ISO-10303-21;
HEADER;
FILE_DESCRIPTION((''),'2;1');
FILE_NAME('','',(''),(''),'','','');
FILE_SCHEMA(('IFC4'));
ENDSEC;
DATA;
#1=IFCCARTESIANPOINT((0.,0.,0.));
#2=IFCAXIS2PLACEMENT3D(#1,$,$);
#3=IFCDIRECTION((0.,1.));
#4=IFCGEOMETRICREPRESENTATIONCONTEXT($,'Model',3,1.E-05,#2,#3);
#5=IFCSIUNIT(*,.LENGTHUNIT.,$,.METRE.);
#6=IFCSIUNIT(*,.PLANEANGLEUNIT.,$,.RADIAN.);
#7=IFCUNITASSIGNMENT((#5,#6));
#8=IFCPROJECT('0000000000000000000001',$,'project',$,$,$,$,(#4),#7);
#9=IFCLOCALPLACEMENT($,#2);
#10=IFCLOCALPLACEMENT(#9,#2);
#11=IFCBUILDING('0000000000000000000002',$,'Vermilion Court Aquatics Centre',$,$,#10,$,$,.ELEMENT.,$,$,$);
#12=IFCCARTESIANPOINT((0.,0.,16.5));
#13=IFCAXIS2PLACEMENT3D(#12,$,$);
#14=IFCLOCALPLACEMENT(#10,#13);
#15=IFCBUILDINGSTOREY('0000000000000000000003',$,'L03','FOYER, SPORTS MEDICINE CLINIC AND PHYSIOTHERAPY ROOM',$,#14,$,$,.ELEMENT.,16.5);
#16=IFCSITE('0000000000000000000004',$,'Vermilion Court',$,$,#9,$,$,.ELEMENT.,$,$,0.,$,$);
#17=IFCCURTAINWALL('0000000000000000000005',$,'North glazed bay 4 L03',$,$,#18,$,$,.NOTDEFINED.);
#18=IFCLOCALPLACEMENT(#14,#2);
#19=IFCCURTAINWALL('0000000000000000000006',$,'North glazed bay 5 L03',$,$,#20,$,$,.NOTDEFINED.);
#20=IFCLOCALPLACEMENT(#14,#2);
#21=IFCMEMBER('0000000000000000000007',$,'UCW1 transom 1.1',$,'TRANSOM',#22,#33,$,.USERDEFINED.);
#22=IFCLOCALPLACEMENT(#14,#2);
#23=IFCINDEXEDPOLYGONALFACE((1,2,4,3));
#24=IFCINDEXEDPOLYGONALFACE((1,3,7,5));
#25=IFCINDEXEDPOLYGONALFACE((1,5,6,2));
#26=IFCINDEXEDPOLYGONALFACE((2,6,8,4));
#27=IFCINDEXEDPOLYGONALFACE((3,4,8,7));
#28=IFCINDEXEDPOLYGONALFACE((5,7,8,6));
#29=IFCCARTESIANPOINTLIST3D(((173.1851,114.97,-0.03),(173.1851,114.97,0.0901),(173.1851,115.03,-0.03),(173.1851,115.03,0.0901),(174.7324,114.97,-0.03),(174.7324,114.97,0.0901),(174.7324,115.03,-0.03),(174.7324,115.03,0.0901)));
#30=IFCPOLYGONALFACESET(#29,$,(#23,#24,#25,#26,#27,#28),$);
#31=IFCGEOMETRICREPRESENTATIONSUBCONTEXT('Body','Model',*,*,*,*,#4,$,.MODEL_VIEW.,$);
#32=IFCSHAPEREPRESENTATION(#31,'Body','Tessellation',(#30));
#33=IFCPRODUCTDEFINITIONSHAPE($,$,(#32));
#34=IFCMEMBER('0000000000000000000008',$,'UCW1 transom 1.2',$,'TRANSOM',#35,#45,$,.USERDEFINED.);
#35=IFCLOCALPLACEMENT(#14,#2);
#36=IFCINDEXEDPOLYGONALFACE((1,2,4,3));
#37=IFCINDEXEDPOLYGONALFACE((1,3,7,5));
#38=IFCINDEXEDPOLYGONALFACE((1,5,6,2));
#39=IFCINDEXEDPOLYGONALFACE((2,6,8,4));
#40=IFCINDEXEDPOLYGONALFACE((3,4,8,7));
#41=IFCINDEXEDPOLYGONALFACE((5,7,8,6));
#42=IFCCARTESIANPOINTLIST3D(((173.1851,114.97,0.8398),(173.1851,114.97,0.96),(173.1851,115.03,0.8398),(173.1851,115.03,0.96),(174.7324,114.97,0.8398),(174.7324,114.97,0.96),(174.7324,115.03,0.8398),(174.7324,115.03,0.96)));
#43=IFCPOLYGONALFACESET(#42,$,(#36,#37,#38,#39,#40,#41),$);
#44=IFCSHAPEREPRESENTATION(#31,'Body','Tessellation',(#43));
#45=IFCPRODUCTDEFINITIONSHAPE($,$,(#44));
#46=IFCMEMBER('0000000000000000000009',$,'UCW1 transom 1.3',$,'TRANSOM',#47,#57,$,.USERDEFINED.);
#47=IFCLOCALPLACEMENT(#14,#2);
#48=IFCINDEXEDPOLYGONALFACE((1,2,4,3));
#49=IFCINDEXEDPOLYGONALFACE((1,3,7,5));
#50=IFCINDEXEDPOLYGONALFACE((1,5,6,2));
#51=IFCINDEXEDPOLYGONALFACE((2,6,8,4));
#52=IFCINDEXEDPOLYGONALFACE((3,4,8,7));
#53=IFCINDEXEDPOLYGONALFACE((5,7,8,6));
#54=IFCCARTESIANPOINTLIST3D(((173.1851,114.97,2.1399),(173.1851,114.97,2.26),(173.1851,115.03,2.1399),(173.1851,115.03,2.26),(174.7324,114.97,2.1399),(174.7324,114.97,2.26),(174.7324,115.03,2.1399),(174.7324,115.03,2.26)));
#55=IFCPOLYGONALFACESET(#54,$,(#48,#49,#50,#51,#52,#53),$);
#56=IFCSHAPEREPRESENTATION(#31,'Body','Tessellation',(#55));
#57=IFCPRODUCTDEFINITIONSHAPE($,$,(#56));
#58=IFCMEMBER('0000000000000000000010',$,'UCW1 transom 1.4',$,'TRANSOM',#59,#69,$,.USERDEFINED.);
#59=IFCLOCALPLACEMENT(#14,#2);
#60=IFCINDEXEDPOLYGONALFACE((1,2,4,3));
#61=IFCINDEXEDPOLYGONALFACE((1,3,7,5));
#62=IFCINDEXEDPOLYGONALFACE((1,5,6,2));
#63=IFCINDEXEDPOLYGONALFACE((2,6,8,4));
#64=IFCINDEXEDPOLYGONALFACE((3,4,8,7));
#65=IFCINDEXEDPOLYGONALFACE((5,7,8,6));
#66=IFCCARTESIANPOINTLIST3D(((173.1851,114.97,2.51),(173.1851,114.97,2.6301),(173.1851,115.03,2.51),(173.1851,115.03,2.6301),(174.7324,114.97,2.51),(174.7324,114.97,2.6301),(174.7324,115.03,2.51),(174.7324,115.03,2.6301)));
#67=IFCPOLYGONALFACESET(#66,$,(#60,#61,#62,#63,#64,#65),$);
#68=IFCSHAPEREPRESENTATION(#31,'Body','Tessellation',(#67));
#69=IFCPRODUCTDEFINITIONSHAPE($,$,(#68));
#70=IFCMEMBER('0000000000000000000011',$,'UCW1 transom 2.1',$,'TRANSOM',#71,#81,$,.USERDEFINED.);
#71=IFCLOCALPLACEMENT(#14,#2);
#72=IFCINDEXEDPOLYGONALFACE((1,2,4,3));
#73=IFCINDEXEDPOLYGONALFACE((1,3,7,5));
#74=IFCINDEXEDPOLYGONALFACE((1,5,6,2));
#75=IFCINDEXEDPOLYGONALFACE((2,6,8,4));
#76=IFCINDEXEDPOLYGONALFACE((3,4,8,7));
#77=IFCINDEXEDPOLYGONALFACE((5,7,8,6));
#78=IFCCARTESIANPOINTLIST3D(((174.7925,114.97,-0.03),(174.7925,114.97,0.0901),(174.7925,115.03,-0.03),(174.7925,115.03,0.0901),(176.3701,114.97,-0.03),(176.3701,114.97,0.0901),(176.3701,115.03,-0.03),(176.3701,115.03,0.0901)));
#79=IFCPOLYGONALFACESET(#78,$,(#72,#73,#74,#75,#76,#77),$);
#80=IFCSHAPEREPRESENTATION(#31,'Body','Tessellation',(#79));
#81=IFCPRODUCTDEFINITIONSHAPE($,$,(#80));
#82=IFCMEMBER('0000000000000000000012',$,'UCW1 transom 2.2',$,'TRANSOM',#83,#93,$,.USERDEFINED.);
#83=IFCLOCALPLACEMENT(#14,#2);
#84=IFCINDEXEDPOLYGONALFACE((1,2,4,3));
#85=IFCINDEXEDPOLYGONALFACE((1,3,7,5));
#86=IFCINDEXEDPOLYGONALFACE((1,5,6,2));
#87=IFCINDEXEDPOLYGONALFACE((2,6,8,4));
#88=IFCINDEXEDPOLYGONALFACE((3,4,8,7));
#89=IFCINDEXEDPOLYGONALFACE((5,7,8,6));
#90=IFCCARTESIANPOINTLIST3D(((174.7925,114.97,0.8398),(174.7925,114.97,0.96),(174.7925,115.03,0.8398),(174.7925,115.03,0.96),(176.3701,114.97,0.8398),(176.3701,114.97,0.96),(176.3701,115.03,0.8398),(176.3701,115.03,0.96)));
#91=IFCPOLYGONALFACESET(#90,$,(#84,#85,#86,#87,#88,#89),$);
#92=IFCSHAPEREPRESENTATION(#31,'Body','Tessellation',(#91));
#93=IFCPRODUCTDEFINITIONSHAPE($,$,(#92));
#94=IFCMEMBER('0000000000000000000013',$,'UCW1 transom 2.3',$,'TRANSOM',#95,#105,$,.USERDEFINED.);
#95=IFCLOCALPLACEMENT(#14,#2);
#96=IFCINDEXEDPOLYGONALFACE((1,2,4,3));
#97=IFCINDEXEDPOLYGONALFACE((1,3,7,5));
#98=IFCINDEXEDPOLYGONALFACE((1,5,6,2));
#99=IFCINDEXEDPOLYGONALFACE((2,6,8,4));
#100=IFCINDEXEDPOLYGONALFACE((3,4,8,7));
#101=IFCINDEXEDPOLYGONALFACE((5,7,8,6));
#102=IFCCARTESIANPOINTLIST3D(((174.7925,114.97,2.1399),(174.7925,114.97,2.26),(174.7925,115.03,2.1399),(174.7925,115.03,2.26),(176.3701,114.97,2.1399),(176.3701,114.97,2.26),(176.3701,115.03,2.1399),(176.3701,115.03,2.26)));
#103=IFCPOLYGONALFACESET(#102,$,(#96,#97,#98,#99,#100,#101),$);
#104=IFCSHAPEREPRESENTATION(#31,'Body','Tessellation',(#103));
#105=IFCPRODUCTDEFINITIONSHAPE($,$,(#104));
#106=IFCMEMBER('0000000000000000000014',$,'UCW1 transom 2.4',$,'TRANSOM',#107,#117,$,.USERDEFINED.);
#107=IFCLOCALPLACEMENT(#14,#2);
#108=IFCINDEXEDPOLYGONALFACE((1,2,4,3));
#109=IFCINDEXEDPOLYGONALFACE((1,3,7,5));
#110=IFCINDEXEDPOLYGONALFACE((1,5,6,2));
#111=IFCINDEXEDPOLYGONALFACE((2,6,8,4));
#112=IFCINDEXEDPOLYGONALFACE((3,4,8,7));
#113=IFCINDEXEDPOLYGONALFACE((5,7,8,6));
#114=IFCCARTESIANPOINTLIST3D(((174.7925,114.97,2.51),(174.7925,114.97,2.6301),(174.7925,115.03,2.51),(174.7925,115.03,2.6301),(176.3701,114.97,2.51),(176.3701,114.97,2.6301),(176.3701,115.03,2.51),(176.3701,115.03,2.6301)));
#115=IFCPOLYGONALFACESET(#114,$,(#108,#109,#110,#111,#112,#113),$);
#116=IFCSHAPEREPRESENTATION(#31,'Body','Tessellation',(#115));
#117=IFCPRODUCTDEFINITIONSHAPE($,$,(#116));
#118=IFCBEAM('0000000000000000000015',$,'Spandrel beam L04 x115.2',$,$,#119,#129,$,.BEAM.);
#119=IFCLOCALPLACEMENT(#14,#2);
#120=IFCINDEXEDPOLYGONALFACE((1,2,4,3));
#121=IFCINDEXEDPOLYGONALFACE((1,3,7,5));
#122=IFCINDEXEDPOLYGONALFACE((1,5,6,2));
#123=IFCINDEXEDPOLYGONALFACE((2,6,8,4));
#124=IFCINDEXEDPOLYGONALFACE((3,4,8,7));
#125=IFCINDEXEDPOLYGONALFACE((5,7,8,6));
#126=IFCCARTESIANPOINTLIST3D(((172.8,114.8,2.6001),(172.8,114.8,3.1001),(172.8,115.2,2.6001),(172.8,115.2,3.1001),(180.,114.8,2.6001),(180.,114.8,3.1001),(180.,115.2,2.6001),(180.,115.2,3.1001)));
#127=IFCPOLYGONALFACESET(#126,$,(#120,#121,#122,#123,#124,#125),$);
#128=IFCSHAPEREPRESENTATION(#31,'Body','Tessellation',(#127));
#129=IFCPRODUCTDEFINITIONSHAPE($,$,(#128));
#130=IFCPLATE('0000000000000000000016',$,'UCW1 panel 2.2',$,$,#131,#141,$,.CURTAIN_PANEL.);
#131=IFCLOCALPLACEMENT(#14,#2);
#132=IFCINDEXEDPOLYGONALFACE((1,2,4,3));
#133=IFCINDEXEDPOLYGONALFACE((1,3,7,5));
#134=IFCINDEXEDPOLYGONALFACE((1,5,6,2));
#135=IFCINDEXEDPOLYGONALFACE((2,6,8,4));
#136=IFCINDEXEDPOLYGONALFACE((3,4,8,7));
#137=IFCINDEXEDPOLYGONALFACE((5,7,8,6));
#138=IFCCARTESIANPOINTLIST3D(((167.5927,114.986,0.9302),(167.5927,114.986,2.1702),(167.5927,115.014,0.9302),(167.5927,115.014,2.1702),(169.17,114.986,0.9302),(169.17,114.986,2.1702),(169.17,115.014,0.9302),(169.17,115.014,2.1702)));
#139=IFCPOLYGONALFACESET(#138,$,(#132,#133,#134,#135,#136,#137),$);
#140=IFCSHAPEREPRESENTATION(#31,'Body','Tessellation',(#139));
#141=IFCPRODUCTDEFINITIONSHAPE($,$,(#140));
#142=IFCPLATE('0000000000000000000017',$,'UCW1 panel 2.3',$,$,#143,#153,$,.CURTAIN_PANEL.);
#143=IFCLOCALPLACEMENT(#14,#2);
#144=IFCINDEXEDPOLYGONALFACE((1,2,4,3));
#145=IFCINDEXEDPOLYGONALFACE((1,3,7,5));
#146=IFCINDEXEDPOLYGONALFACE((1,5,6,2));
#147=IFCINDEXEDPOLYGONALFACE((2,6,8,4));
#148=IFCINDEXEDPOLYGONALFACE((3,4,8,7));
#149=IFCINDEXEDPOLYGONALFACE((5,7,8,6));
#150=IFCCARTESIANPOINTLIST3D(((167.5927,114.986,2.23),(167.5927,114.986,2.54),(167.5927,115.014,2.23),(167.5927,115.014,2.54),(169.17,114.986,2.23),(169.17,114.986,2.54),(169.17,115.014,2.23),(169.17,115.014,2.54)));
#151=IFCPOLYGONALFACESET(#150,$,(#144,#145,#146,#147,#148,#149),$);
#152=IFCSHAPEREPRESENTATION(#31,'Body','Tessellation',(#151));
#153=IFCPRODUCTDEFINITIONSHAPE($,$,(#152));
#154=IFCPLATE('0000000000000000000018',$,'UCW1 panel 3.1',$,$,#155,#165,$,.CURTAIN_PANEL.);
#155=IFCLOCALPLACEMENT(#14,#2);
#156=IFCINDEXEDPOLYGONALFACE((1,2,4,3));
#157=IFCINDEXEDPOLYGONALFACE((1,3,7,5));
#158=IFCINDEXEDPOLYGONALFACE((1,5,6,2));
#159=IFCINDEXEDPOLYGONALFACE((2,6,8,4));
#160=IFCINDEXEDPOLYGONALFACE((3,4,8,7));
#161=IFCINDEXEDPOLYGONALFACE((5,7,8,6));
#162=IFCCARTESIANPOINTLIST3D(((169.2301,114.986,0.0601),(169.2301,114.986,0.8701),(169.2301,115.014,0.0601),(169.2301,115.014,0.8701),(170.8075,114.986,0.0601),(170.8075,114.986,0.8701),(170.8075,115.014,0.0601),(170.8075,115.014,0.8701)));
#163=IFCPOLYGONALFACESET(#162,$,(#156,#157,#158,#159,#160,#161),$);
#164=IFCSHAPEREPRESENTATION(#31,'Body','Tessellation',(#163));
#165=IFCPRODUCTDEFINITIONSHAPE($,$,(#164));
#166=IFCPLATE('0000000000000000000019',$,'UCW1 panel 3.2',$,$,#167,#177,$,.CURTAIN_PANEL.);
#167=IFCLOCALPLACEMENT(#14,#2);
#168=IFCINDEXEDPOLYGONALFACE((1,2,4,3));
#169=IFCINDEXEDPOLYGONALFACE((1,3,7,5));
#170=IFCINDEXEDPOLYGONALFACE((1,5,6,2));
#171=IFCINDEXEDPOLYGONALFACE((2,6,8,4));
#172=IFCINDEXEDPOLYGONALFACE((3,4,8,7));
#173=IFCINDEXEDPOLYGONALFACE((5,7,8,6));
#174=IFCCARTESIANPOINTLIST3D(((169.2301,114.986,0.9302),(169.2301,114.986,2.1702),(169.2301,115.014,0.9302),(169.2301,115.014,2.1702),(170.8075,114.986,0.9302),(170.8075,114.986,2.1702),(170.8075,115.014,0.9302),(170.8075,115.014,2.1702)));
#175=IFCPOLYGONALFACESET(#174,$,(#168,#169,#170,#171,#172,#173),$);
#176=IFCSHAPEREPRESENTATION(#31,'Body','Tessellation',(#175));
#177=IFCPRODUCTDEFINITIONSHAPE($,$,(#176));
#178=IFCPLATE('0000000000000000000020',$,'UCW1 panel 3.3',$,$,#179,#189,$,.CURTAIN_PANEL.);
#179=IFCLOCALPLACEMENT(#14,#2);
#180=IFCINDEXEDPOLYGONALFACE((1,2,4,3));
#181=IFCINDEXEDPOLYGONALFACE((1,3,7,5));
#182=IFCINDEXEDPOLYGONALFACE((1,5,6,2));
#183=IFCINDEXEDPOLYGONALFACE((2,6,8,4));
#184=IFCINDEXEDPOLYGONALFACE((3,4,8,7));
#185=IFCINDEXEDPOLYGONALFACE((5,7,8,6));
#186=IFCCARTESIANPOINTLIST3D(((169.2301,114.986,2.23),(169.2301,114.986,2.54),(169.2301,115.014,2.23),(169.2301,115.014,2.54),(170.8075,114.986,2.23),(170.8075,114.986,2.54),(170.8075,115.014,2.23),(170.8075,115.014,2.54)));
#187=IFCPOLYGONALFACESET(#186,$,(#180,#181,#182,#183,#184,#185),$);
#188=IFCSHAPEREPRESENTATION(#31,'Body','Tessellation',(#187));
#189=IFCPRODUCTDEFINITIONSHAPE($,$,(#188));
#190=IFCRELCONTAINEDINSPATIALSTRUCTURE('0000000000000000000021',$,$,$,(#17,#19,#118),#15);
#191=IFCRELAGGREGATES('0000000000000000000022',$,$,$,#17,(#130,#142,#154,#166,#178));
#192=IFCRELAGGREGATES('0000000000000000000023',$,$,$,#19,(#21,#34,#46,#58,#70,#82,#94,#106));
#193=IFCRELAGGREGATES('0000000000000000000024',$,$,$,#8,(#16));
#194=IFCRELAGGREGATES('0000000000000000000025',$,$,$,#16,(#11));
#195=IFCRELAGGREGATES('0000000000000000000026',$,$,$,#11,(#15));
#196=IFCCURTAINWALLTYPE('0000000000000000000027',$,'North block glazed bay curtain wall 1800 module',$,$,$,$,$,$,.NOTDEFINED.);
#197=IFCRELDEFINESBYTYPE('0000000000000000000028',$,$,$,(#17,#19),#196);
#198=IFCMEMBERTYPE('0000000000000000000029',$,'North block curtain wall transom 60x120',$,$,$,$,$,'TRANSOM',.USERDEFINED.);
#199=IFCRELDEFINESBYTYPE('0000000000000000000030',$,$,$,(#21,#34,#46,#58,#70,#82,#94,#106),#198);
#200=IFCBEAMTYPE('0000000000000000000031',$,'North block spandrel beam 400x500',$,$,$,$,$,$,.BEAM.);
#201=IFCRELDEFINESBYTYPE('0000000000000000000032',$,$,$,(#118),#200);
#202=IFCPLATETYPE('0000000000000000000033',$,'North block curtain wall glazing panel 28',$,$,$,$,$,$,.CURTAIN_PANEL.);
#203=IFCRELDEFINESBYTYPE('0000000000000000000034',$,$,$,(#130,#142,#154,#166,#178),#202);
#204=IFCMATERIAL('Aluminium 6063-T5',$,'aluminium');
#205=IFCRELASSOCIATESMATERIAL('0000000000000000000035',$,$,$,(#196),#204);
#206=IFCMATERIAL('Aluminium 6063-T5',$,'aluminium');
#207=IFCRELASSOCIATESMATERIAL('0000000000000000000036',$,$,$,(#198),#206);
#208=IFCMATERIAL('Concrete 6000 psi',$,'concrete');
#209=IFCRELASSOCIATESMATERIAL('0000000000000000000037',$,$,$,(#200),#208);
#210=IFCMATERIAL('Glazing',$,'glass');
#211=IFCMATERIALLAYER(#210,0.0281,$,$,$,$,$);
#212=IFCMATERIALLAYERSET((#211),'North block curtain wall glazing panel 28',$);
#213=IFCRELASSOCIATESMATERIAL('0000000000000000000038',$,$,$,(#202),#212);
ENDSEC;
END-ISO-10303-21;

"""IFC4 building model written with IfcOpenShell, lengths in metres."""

from ifc_helpers import new_model, si_unit, direction, frame, origin, origin_2d, place, context, subcontext, project, spatial, rectangle, extrude, material, layer, layer_set, material_profile, profile_set, type_object, element, aggregate, save


model = new_model("IFC4")

# Units and contexts
model_context = context("Model", 3, precision=1e-05, world=origin(), true_north=direction((0.0, 1.0)))
body_context = subcontext(model_context, "Body", "Model", "MODEL_VIEW")
ifc_project = project(units=[si_unit("LENGTHUNIT", "METRE"), si_unit("PLANEANGLEUNIT", "RADIAN")], contexts=[model_context])

# Site, building, storey
site_placement = place(None, origin())
site = spatial("IfcSite", under=ifc_project, at=site_placement, Name="Vermilion Court", CompositionType="ELEMENT", RefElevation=0.0)
building_placement = place(site_placement, origin())
building = spatial("IfcBuilding", under=site, at=building_placement, Name="Vermilion Court Aquatics Centre", CompositionType="ELEMENT")
storey_placement = place(building_placement, frame((0.0, 0.0, 16.5)))
storey = spatial("IfcBuildingStorey", under=building, at=storey_placement, Name="L03", Description="FOYER, SPORTS MEDICINE CLINIC AND PHYSIOTHERAPY ROOM", CompositionType="ELEMENT", Elevation=16.5)

# Curtain walls
ifc_material_1 = material(Name="Aluminium 6063-T5", Category="aluminium")
curtain_wall_type = type_object("IfcCurtainWallType", Name="North block glazed bay curtain wall 1800 module", PredefinedType="NOTDEFINED", material=ifc_material_1)
curtain_wall_1_placement = place(storey_placement, origin())
curtain_wall_1 = element("IfcCurtainWall", 1, at=curtain_wall_1_placement, inside=storey, type_object=curtain_wall_type, Name="North glazed bay 4 L03", PredefinedType="NOTDEFINED")
curtain_wall_2_placement = place(storey_placement, origin())
curtain_wall_2 = element("IfcCurtainWall", 2, at=curtain_wall_2_placement, inside=storey, type_object=curtain_wall_type, Name="North glazed bay 5 L03", PredefinedType="NOTDEFINED")

# Members
ifc_material_2 = material(Name="Aluminium 6063-T5", Category="aluminium")
ifc_material_profile_1 = material_profile(ifc_material_2, rectangle(XDim=0.0601, YDim=0.1201, at=origin_2d()), Name="AL 60x120")
ifc_profile_set_1 = profile_set([ifc_material_profile_1], Name="Aluminium 6063-T5")
member_type_1 = type_object("IfcMemberType", Name="North block curtain wall transom 60x120", ElementType="TRANSOM", PredefinedType="USERDEFINED", material=ifc_profile_set_1)
member_1_placement = place(storey_placement, frame((173.1851, 115.0, 0.03), z_axis=(1.0, 0.0, 0.0), x_axis=(0.0, 1.0, 0.0)))
member_1 = element("IfcMember", 3, at=member_1_placement, type_object=member_type_1, Name="UCW1 transom 1.1", ObjectType="TRANSOM", PredefinedType="USERDEFINED", context=body_context, shape_type="SweptSolid", body=[
    extrude(rectangle(XDim=0.0601, YDim=0.1201, at=origin_2d()), origin(), (0.0, 0.0, 1.0), 1.5474),
])
member_2_placement = place(storey_placement, frame((173.1851, 115.0, 0.8999), z_axis=(1.0, 0.0, 0.0), x_axis=(0.0, 1.0, 0.0)))
member_2 = element("IfcMember", 4, at=member_2_placement, type_object=member_type_1, Name="UCW1 transom 1.2", ObjectType="TRANSOM", PredefinedType="USERDEFINED", context=body_context, shape_type="SweptSolid", body=[
    extrude(rectangle(XDim=0.0601, YDim=0.1201, at=origin_2d()), origin(), (0.0, 0.0, 1.0), 1.5474),
])
member_3_placement = place(storey_placement, frame((173.1851, 115.0, 2.2), z_axis=(1.0, 0.0, 0.0), x_axis=(0.0, 1.0, 0.0)))
member_3 = element("IfcMember", 5, at=member_3_placement, type_object=member_type_1, Name="UCW1 transom 1.3", ObjectType="TRANSOM", PredefinedType="USERDEFINED", context=body_context, shape_type="SweptSolid", body=[
    extrude(rectangle(XDim=0.0601, YDim=0.1201, at=origin_2d()), origin(), (0.0, 0.0, 1.0), 1.5474),
])
member_4_placement = place(storey_placement, frame((173.1851, 115.0, 2.5701), z_axis=(1.0, 0.0, 0.0), x_axis=(0.0, 1.0, 0.0)))
member_4 = element("IfcMember", 6, at=member_4_placement, type_object=member_type_1, Name="UCW1 transom 1.4", ObjectType="TRANSOM", PredefinedType="USERDEFINED", context=body_context, shape_type="SweptSolid", body=[
    extrude(rectangle(XDim=0.0601, YDim=0.1201, at=origin_2d()), origin(), (0.0, 0.0, 1.0), 1.5474),
])
member_5_placement = place(storey_placement, frame((174.7925, 115.0, 0.03), z_axis=(1.0, 0.0, 0.0), x_axis=(0.0, 1.0, 0.0)))
member_5 = element("IfcMember", 7, at=member_5_placement, type_object=member_type_1, Name="UCW1 transom 2.1", ObjectType="TRANSOM", PredefinedType="USERDEFINED", context=body_context, shape_type="SweptSolid", body=[
    extrude(rectangle(XDim=0.0601, YDim=0.1201, at=origin_2d()), origin(), (0.0, 0.0, 1.0), 1.5776),
])
member_6_placement = place(storey_placement, frame((174.7925, 115.0, 0.8999), z_axis=(1.0, 0.0, 0.0), x_axis=(0.0, 1.0, 0.0)))
member_6 = element("IfcMember", 8, at=member_6_placement, type_object=member_type_1, Name="UCW1 transom 2.2", ObjectType="TRANSOM", PredefinedType="USERDEFINED", context=body_context, shape_type="SweptSolid", body=[
    extrude(rectangle(XDim=0.0601, YDim=0.1201, at=origin_2d()), origin(), (0.0, 0.0, 1.0), 1.5776),
])
member_7_placement = place(storey_placement, frame((174.7925, 115.0, 2.2), z_axis=(1.0, 0.0, 0.0), x_axis=(0.0, 1.0, 0.0)))
member_7 = element("IfcMember", 9, at=member_7_placement, type_object=member_type_1, Name="UCW1 transom 2.3", ObjectType="TRANSOM", PredefinedType="USERDEFINED", context=body_context, shape_type="SweptSolid", body=[
    extrude(rectangle(XDim=0.0601, YDim=0.1201, at=origin_2d()), origin(), (0.0, 0.0, 1.0), 1.5776),
])
member_8_placement = place(storey_placement, frame((174.7925, 115.0, 2.5701), z_axis=(1.0, 0.0, 0.0), x_axis=(0.0, 1.0, 0.0)))
member_8 = element("IfcMember", 10, at=member_8_placement, type_object=member_type_1, Name="UCW1 transom 2.4", ObjectType="TRANSOM", PredefinedType="USERDEFINED", context=body_context, shape_type="SweptSolid", body=[
    extrude(rectangle(XDim=0.0601, YDim=0.1201, at=origin_2d()), origin(), (0.0, 0.0, 1.0), 1.5776),
])

# Beam
ifc_material_3 = material(Name="Concrete 6000 psi", Category="concrete")
ifc_material_profile_2 = material_profile(ifc_material_3, rectangle(XDim=0.3999, YDim=0.5, at=origin_2d()), Name="RC 400x500")
ifc_profile_set_2 = profile_set([ifc_material_profile_2], Name="Concrete 6000 psi")
beam_type = type_object("IfcBeamType", Name="North block spandrel beam 400x500", PredefinedType="BEAM", material=ifc_profile_set_2)
beam_placement = place(storey_placement, frame((172.8, 115.0, 2.8501), z_axis=(1.0, 0.0, 0.0), x_axis=(0.0, 1.0, 0.0)))
element("IfcBeam", 11, at=beam_placement, inside=storey, type_object=beam_type, Name="Spandrel beam L04 x115.2", PredefinedType="BEAM", context=body_context, shape_type="SweptSolid", body=[
    extrude(rectangle(XDim=0.3999, YDim=0.5, at=origin_2d()), origin(), (0.0, 0.0, 1.0), 7.2),
])

# Plates
ifc_material_4 = material(Name="Glazing", Category="glass")
ifc_layer = layer(ifc_material_4, 0.0281)
ifc_layer_set = layer_set([ifc_layer], Name="North block curtain wall glazing panel 28")
plate_type = type_object("IfcPlateType", Name="North block curtain wall glazing panel 28", PredefinedType="CURTAIN_PANEL", material=ifc_layer_set)
plate_1_placement = place(storey_placement, frame((168.3813, 115.0, 0.9302), z_axis=(0.0, 0.0, 1.0), x_axis=(1.0, 0.0, 0.0)))
plate_1 = element("IfcPlate", 12, at=plate_1_placement, type_object=plate_type, Name="UCW1 panel 2.2", PredefinedType="CURTAIN_PANEL", context=body_context, shape_type="SweptSolid", body=[
    extrude(rectangle(XDim=1.5774, YDim=0.0281, at=origin_2d()), origin(), (0.0, 0.0, 1.0), 1.24),
])
plate_2_placement = place(storey_placement, frame((168.3813, 115.0, 2.23), z_axis=(0.0, 0.0, 1.0), x_axis=(1.0, 0.0, 0.0)))
plate_2 = element("IfcPlate", 13, at=plate_2_placement, type_object=plate_type, Name="UCW1 panel 2.3", PredefinedType="CURTAIN_PANEL", context=body_context, shape_type="SweptSolid", body=[
    extrude(rectangle(XDim=1.5774, YDim=0.0281, at=origin_2d()), origin(), (0.0, 0.0, 1.0), 0.3101),
])
plate_3_placement = place(storey_placement, frame((170.0188, 115.0, 0.0601), z_axis=(0.0, 0.0, 1.0), x_axis=(1.0, 0.0, 0.0)))
plate_3 = element("IfcPlate", 14, at=plate_3_placement, type_object=plate_type, Name="UCW1 panel 3.1", PredefinedType="CURTAIN_PANEL", context=body_context, shape_type="SweptSolid", body=[
    extrude(rectangle(XDim=1.5774, YDim=0.0281, at=origin_2d()), origin(), (0.0, 0.0, 1.0), 0.8101),
])
plate_4_placement = place(storey_placement, frame((170.0188, 115.0, 0.9302), z_axis=(0.0, 0.0, 1.0), x_axis=(1.0, 0.0, 0.0)))
plate_4 = element("IfcPlate", 15, at=plate_4_placement, type_object=plate_type, Name="UCW1 panel 3.2", PredefinedType="CURTAIN_PANEL", context=body_context, shape_type="SweptSolid", body=[
    extrude(rectangle(XDim=1.5774, YDim=0.0281, at=origin_2d()), origin(), (0.0, 0.0, 1.0), 1.24),
])
plate_5_placement = place(storey_placement, frame((170.0188, 115.0, 2.23), z_axis=(0.0, 0.0, 1.0), x_axis=(1.0, 0.0, 0.0)))
plate_5 = element("IfcPlate", 16, at=plate_5_placement, type_object=plate_type, Name="UCW1 panel 3.3", PredefinedType="CURTAIN_PANEL", context=body_context, shape_type="SweptSolid", body=[
    extrude(rectangle(XDim=1.5774, YDim=0.0281, at=origin_2d()), origin(), (0.0, 0.0, 1.0), 0.3101),
])
aggregate(curtain_wall_1, [plate_1, plate_2, plate_3, plate_4, plate_5])
aggregate(curtain_wall_2, [member_1, member_2, member_3, member_4, member_5, member_6, member_7, member_8])

save(model, "model.ifc")
